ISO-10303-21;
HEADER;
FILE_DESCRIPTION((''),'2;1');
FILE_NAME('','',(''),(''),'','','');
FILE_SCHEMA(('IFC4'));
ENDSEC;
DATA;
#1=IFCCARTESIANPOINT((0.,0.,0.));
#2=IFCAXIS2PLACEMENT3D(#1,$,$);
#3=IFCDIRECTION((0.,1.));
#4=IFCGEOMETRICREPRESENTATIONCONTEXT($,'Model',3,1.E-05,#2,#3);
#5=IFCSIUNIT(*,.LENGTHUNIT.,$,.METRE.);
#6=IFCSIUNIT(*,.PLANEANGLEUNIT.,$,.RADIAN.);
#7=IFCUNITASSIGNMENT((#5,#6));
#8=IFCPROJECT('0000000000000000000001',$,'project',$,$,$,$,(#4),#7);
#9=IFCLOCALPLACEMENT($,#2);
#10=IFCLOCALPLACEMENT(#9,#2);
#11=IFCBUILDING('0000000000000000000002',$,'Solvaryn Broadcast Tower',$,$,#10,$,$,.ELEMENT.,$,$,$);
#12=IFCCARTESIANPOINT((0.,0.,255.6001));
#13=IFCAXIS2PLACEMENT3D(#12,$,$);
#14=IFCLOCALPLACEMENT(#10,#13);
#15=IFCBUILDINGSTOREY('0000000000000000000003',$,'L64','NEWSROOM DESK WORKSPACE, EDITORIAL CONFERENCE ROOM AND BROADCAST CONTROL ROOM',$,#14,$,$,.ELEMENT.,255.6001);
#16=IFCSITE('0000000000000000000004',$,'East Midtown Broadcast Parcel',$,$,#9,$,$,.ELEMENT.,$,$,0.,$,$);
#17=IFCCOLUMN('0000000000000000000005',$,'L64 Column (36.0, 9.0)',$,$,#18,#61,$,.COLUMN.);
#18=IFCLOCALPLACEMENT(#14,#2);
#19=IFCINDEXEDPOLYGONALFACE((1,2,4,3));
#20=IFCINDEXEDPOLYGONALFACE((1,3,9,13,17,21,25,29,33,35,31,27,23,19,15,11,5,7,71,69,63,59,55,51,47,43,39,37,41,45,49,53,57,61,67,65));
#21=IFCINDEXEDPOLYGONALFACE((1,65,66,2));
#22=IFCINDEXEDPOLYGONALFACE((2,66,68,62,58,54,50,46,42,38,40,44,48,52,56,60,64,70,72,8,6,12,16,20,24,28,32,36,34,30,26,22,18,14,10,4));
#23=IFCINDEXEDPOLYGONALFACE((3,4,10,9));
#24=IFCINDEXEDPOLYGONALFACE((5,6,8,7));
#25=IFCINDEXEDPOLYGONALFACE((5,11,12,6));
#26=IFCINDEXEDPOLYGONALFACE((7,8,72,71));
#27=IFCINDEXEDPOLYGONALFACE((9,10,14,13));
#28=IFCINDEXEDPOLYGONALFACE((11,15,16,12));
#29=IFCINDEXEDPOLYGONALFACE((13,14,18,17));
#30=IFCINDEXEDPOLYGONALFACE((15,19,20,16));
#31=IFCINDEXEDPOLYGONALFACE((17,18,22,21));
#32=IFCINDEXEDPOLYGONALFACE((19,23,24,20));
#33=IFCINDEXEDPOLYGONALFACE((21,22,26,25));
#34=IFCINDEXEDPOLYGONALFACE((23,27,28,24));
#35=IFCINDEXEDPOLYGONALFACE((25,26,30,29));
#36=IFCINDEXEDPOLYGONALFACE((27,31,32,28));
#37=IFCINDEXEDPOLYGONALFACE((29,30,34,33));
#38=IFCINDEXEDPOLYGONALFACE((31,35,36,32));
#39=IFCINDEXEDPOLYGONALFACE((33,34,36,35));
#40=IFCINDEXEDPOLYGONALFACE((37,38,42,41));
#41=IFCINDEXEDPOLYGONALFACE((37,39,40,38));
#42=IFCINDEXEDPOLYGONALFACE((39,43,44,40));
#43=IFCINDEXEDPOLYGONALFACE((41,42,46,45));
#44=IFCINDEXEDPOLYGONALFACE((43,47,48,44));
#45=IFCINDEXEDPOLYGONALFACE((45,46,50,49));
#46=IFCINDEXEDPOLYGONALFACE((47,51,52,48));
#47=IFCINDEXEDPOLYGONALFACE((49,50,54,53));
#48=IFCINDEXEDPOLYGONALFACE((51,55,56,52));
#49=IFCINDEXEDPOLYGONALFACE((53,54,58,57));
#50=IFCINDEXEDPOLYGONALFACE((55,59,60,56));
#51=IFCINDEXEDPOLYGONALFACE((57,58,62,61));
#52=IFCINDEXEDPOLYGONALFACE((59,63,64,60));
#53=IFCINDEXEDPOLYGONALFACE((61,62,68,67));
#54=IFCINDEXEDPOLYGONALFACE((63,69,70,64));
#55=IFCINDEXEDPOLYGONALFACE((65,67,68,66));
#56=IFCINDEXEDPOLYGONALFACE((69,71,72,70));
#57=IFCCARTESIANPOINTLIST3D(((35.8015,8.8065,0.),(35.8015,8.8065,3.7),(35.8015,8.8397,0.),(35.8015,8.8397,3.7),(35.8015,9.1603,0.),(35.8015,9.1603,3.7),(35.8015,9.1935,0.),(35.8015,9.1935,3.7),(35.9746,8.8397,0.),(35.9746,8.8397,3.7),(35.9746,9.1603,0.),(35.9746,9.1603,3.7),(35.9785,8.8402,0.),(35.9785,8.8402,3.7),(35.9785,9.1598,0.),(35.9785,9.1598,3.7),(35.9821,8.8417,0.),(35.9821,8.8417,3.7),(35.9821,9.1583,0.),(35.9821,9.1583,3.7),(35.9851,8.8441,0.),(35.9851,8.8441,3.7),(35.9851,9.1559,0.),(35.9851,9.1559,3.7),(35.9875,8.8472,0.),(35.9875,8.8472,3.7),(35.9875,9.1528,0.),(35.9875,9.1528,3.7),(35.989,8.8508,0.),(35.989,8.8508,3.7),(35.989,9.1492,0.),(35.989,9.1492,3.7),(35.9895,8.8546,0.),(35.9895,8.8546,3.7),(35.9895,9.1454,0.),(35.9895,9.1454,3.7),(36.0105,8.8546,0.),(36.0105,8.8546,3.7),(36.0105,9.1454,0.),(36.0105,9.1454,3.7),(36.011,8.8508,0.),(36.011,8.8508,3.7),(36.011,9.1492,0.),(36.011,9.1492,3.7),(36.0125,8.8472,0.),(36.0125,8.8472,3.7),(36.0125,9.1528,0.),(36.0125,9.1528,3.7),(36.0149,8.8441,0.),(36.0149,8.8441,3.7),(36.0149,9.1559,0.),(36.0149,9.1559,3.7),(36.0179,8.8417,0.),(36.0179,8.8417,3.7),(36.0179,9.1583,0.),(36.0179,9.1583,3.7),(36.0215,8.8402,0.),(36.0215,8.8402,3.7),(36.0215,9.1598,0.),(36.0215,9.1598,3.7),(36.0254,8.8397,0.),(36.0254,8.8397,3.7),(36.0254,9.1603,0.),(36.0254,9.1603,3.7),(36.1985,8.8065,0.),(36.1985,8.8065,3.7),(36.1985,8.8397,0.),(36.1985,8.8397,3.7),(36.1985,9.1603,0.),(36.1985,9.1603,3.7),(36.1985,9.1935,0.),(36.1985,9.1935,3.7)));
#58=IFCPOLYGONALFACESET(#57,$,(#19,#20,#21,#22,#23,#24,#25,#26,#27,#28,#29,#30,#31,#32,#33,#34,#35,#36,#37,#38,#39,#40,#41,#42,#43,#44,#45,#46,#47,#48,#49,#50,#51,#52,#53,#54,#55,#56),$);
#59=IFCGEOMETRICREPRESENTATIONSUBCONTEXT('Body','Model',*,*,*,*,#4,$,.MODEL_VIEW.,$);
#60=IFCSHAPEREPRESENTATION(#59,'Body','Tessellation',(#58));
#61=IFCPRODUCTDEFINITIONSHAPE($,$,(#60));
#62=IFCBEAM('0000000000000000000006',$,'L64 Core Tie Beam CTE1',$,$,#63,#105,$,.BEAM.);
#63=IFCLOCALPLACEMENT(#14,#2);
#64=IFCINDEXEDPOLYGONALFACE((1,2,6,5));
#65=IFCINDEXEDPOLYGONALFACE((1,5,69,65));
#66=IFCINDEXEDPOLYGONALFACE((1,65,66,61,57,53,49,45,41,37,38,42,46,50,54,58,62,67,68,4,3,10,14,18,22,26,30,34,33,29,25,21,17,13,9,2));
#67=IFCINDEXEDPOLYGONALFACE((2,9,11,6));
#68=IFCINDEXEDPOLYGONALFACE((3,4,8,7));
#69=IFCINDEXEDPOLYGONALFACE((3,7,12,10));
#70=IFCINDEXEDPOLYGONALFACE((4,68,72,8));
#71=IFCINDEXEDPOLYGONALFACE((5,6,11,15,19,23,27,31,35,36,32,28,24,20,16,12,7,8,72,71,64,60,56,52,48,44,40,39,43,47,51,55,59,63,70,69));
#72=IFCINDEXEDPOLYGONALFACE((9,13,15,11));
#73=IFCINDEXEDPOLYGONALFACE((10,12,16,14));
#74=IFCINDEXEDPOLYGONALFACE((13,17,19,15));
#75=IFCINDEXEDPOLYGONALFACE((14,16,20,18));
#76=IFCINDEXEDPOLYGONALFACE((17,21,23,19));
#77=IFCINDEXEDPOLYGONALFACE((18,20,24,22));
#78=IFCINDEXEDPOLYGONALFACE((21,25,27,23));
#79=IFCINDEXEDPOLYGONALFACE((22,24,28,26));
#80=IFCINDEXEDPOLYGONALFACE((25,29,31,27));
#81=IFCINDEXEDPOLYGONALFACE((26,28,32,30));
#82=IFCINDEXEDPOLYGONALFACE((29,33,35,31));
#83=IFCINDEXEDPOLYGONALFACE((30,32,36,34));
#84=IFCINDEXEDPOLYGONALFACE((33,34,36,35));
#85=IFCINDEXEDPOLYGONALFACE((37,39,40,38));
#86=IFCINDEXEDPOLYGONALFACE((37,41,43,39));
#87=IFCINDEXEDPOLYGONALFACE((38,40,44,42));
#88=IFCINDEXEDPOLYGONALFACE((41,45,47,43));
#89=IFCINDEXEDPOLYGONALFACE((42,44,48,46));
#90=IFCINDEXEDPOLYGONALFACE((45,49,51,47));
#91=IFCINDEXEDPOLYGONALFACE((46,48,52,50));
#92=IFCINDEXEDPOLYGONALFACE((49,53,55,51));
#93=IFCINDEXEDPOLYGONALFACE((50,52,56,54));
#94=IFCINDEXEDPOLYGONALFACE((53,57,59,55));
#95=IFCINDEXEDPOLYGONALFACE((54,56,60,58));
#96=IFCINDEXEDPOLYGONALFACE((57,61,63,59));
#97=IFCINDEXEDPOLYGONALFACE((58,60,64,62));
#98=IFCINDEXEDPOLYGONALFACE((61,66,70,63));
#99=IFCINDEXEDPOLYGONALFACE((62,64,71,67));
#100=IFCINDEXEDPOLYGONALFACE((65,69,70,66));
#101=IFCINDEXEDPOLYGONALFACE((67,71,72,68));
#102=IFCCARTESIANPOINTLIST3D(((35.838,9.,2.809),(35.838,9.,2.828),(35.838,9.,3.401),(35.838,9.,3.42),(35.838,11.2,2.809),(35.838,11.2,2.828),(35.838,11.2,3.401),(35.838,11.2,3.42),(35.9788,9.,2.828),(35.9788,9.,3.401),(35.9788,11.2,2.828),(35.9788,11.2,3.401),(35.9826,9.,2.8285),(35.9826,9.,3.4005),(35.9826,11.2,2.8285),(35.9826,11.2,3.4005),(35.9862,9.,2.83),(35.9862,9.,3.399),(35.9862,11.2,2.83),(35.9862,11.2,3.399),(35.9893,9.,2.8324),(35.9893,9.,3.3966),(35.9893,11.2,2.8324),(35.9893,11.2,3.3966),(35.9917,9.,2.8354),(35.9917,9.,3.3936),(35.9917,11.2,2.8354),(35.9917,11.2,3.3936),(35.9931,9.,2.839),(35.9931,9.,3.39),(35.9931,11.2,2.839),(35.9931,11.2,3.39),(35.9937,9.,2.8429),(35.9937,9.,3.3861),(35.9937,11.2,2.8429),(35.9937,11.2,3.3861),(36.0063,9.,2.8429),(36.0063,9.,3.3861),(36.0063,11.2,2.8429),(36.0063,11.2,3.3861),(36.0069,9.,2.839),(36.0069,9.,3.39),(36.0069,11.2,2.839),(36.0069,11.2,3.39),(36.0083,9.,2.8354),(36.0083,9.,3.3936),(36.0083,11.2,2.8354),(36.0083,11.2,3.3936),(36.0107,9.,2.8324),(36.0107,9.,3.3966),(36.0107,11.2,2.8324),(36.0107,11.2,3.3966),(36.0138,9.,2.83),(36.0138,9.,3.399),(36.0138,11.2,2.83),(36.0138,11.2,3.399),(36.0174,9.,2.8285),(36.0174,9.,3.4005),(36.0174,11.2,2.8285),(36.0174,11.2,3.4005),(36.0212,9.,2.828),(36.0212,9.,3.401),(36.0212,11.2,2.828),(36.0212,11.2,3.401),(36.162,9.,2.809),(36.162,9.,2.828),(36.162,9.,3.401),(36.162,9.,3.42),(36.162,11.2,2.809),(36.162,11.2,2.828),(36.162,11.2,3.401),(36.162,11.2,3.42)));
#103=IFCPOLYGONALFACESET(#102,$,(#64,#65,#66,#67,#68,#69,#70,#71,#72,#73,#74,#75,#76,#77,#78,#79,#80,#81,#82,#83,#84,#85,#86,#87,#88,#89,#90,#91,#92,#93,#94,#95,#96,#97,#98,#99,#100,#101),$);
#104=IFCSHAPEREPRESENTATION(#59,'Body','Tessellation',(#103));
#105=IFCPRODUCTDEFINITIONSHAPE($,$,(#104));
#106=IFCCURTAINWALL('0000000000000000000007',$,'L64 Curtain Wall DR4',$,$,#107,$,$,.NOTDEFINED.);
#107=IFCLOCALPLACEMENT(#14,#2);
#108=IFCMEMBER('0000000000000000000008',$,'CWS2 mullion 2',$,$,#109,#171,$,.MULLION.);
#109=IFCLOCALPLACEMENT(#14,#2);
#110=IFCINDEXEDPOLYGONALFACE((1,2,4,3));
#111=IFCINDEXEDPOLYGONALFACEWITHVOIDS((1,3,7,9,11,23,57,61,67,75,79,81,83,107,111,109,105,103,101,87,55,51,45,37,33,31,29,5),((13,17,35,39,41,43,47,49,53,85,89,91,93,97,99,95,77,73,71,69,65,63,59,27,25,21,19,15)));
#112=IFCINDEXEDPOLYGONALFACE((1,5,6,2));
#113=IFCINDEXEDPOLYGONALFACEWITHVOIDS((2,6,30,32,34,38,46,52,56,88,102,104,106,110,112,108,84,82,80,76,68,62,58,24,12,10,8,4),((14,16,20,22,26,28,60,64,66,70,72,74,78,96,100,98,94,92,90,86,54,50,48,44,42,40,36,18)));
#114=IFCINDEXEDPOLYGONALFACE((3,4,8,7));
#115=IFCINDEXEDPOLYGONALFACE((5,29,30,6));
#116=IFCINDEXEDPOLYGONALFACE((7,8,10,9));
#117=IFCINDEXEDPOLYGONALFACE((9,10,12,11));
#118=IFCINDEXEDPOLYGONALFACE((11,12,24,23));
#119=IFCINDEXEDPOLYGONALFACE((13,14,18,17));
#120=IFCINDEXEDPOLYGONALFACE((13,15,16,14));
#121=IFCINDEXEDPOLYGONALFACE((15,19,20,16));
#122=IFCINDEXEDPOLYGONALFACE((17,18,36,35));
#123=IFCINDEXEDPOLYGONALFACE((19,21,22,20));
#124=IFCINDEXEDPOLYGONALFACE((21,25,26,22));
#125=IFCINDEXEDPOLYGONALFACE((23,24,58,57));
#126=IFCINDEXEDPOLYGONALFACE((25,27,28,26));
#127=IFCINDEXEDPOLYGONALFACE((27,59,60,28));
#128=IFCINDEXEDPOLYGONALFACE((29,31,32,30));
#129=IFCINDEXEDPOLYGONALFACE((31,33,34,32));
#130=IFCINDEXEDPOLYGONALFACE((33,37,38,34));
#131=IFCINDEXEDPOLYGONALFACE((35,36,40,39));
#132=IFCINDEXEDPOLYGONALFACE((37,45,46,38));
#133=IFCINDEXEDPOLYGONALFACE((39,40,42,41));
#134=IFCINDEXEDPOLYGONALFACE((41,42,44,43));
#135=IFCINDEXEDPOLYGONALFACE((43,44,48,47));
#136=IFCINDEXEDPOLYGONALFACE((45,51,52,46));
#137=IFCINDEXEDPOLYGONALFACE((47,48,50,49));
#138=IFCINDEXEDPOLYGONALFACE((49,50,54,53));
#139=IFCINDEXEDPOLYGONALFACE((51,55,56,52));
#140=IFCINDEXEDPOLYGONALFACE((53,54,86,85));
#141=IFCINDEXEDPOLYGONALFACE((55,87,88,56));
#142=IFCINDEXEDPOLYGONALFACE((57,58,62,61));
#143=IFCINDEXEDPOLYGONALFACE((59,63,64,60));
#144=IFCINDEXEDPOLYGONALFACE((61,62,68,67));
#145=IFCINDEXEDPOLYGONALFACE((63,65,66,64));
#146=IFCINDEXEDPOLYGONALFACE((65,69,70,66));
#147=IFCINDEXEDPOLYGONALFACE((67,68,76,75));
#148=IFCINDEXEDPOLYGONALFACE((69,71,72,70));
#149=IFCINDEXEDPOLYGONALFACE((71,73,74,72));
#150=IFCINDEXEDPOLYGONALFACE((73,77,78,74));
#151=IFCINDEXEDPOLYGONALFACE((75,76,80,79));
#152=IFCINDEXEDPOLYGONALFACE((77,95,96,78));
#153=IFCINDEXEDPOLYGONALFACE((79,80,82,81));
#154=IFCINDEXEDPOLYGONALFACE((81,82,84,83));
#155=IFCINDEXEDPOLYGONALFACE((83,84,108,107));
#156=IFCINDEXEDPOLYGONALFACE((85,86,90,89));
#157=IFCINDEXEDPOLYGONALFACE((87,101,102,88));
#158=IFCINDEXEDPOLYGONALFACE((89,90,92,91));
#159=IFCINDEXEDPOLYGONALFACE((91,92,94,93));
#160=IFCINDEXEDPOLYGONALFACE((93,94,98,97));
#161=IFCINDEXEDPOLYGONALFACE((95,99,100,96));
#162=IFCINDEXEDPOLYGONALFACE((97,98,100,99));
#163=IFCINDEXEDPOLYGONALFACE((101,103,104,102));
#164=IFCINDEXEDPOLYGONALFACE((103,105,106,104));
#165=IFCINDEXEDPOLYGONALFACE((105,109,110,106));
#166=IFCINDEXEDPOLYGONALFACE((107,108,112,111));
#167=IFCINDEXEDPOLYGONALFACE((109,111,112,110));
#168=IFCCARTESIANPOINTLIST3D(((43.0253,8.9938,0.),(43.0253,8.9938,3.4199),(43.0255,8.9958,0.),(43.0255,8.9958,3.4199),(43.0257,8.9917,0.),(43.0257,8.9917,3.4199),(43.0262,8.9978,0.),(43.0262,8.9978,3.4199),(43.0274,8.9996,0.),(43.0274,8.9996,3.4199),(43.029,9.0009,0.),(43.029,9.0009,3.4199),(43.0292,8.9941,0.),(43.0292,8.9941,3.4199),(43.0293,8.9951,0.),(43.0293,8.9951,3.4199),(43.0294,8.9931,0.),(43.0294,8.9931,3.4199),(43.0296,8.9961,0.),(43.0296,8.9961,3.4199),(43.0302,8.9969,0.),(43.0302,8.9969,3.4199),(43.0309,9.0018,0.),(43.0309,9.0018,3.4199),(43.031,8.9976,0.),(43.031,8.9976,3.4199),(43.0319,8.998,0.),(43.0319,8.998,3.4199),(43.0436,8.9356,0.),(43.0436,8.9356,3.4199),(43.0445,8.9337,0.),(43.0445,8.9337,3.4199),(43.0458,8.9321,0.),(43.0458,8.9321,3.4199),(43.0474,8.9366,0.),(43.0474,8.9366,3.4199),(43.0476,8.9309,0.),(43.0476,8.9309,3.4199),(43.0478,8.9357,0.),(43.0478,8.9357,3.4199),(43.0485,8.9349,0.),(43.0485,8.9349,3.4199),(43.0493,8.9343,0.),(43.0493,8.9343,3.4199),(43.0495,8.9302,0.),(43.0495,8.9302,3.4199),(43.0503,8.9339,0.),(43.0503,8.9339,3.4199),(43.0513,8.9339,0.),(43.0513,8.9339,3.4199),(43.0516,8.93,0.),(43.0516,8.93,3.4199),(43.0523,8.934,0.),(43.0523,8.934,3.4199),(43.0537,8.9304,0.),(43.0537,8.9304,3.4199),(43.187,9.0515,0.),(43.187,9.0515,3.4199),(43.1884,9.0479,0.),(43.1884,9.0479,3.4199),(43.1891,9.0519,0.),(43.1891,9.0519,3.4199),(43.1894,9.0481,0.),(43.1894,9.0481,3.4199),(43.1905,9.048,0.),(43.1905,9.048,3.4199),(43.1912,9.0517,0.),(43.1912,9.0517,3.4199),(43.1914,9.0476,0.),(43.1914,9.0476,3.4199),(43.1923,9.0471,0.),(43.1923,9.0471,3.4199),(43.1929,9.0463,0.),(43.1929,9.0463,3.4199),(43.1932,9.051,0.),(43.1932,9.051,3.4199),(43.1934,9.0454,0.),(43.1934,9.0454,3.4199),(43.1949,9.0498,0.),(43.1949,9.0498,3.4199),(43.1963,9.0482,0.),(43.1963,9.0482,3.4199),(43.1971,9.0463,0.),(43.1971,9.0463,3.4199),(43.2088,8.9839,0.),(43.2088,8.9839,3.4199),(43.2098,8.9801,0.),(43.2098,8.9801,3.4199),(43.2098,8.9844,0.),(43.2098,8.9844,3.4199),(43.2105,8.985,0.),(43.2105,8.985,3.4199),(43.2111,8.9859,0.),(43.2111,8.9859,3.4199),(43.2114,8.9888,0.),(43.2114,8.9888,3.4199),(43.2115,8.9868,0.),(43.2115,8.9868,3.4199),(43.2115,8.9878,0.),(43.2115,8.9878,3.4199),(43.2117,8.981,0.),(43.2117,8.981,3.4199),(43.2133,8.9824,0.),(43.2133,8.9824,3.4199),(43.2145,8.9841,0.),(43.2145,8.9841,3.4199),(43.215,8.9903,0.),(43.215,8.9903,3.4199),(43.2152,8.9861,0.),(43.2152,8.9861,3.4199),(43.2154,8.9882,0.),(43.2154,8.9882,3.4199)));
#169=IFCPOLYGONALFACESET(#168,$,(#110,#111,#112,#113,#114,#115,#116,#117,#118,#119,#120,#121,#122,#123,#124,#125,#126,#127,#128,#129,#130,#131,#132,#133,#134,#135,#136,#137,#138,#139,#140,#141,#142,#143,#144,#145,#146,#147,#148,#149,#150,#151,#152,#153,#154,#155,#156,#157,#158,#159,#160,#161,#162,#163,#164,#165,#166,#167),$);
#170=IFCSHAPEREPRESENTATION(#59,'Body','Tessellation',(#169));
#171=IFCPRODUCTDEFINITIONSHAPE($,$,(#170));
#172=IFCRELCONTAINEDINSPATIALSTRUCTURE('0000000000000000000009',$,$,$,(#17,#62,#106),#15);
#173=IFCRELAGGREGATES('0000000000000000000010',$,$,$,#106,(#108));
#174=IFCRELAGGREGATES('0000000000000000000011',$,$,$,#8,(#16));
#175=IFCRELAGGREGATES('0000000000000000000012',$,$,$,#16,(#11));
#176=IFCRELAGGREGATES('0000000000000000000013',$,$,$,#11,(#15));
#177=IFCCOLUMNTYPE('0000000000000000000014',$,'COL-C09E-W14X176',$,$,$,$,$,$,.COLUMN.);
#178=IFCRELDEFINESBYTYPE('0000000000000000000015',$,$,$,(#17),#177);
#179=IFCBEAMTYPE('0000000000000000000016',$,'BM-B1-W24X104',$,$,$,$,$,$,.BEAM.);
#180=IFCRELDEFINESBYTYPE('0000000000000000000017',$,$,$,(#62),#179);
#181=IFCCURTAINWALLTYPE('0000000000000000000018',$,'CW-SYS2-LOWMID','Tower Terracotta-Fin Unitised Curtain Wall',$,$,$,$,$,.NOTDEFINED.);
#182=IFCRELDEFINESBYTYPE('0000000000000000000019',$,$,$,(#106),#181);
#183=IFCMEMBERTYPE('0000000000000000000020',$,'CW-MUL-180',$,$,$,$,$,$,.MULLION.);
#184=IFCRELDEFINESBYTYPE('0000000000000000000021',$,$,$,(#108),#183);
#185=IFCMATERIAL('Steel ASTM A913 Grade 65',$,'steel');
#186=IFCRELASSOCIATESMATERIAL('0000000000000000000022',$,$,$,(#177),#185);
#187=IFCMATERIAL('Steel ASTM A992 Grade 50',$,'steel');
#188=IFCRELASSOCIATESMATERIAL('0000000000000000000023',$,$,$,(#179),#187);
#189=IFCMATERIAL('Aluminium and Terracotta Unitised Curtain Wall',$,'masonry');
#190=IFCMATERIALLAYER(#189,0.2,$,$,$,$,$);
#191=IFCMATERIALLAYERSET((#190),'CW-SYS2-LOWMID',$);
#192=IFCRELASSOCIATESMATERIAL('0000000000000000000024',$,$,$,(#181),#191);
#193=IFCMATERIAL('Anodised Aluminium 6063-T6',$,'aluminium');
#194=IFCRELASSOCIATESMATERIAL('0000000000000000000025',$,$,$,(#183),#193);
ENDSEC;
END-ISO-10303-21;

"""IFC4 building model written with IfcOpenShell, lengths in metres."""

from ifc_helpers import new_model, si_unit, direction, frame, origin, origin_2d, place, context, subcontext, project, spatial, hollow_rectangle, i_section, extrude, material, layer, layer_set, material_profile, profile_set, type_object, element, aggregate, save


model = new_model("IFC4")

# Units and contexts
model_context = context("Model", 3, precision=1e-05, world=origin(), true_north=direction((0.0, 1.0)))
body_context = subcontext(model_context, "Body", "Model", "MODEL_VIEW")
ifc_project = project(units=[si_unit("LENGTHUNIT", "METRE"), si_unit("PLANEANGLEUNIT", "RADIAN")], contexts=[model_context])

# Site, building, storey
site_placement = place(None, origin())
site = spatial("IfcSite", under=ifc_project, at=site_placement, Name="East Midtown Broadcast Parcel", CompositionType="ELEMENT", RefElevation=0.0)
building_placement = place(site_placement, origin())
building = spatial("IfcBuilding", under=site, at=building_placement, Name="Solvaryn Broadcast Tower", CompositionType="ELEMENT")
storey_placement = place(building_placement, frame((0.0, 0.0, 255.6001)))
storey = spatial("IfcBuildingStorey", under=building, at=storey_placement, Name="L64", Description="NEWSROOM DESK WORKSPACE, EDITORIAL CONFERENCE ROOM AND BROADCAST CONTROL ROOM", CompositionType="ELEMENT", Elevation=255.6001)

# Column
ifc_material_1 = material(Name="Steel ASTM A913 Grade 65", Category="steel")
ifc_material_profile_1 = material_profile(ifc_material_1, i_section(OverallWidth=0.397, OverallDepth=0.387, WebThickness=0.021, FlangeThickness=0.0332, FilletRadius=0.0149, at=origin_2d()))
ifc_profile_set_1 = profile_set([ifc_material_profile_1], Name="Steel ASTM A913 Grade 65")
column_type = type_object("IfcColumnType", Name="COL-C09E-W14X176", PredefinedType="COLUMN", material=ifc_profile_set_1)
column_placement = place(storey_placement, frame((36.0, 9.0, 0.0), z_axis=(0.0, 0.0, 1.0), x_axis=(1.0, 0.0, 0.0)))
element("IfcColumn", 1, at=column_placement, inside=storey, type_object=column_type, Name="L64 Column (36.0, 9.0)", PredefinedType="COLUMN", context=body_context, shape_type="SweptSolid", body=[
    extrude(i_section(OverallWidth=0.397, OverallDepth=0.387, WebThickness=0.021, FlangeThickness=0.0332, FilletRadius=0.0149, at=origin_2d()), origin(), (0.0, 0.0, 1.0), 3.7),
])

# Beam
ifc_material_2 = material(Name="Steel ASTM A992 Grade 50", Category="steel")
ifc_material_profile_2 = material_profile(ifc_material_2, i_section(OverallWidth=0.324, OverallDepth=0.6111, WebThickness=0.0127, FlangeThickness=0.019, FilletRadius=0.0149, at=origin_2d()))
ifc_profile_set_2 = profile_set([ifc_material_profile_2], Name="Steel ASTM A992 Grade 50")
beam_type = type_object("IfcBeamType", Name="BM-B1-W24X104", PredefinedType="BEAM", material=ifc_profile_set_2)
beam_placement = place(storey_placement, frame((36.0, 9.0, 3.1145), z_axis=(0.0, 1.0, 0.0), x_axis=(-1.0, 0.0, 0.0)))
element("IfcBeam", 2, at=beam_placement, inside=storey, type_object=beam_type, Name="L64 Core Tie Beam CTE1", PredefinedType="BEAM", context=body_context, shape_type="SweptSolid", body=[
    extrude(i_section(OverallWidth=0.324, OverallDepth=0.6111, WebThickness=0.0127, FlangeThickness=0.019, FilletRadius=0.0149, at=origin_2d()), origin(), (0.0, 0.0, 1.0), 2.2),
])

# Curtain wall, member
ifc_material_3 = material(Name="Aluminium and Terracotta Unitised Curtain Wall", Category="masonry")
ifc_layer_1 = layer(ifc_material_3, 0.2)
ifc_layer_set_1 = layer_set([ifc_layer_1], Name="CW-SYS2-LOWMID")
curtain_wall_type = type_object("IfcCurtainWallType", Name="CW-SYS2-LOWMID", Description="Tower Terracotta-Fin Unitised Curtain Wall", PredefinedType="NOTDEFINED", material=ifc_layer_set_1)
curtain_wall_1_placement = place(storey_placement, origin())
curtain_wall_1 = element("IfcCurtainWall", 3, at=curtain_wall_1_placement, inside=storey, type_object=curtain_wall_type, Name="L64 Curtain Wall DR4", PredefinedType="NOTDEFINED")
ifc_material_4 = material(Name="Anodised Aluminium 6063-T6", Category="aluminium")
ifc_material_profile_3 = material_profile(ifc_material_4, hollow_rectangle(XDim=0.075, YDim=0.1799, WallThickness=0.0039, InnerFilletRadius=0.0039, OuterFilletRadius=0.0081, at=origin_2d()))
ifc_profile_set_3 = profile_set([ifc_material_profile_3], Name="Anodised Aluminium 6063-T6")
member_type = type_object("IfcMemberType", Name="CW-MUL-180", PredefinedType="MULLION", material=ifc_profile_set_3)
member_1_placement = place(storey_placement, frame((43.1204, 8.991, 0.0), z_axis=(0.0, 0.0, 1.0), x_axis=(-0.303616, 0.952795, 0.0)))
member_1 = element("IfcMember", 4, at=member_1_placement, type_object=member_type, Name="CWS2 mullion 2", PredefinedType="MULLION", context=body_context, shape_type="SweptSolid", body=[
    extrude(hollow_rectangle(XDim=0.075, YDim=0.1799, WallThickness=0.0039, InnerFilletRadius=0.0039, OuterFilletRadius=0.0081, at=origin_2d()), origin(), (0.0, 0.0, 1.0), 3.4199),
])

aggregate(curtain_wall_1, [member_1])

save(model, "model.ifc")
